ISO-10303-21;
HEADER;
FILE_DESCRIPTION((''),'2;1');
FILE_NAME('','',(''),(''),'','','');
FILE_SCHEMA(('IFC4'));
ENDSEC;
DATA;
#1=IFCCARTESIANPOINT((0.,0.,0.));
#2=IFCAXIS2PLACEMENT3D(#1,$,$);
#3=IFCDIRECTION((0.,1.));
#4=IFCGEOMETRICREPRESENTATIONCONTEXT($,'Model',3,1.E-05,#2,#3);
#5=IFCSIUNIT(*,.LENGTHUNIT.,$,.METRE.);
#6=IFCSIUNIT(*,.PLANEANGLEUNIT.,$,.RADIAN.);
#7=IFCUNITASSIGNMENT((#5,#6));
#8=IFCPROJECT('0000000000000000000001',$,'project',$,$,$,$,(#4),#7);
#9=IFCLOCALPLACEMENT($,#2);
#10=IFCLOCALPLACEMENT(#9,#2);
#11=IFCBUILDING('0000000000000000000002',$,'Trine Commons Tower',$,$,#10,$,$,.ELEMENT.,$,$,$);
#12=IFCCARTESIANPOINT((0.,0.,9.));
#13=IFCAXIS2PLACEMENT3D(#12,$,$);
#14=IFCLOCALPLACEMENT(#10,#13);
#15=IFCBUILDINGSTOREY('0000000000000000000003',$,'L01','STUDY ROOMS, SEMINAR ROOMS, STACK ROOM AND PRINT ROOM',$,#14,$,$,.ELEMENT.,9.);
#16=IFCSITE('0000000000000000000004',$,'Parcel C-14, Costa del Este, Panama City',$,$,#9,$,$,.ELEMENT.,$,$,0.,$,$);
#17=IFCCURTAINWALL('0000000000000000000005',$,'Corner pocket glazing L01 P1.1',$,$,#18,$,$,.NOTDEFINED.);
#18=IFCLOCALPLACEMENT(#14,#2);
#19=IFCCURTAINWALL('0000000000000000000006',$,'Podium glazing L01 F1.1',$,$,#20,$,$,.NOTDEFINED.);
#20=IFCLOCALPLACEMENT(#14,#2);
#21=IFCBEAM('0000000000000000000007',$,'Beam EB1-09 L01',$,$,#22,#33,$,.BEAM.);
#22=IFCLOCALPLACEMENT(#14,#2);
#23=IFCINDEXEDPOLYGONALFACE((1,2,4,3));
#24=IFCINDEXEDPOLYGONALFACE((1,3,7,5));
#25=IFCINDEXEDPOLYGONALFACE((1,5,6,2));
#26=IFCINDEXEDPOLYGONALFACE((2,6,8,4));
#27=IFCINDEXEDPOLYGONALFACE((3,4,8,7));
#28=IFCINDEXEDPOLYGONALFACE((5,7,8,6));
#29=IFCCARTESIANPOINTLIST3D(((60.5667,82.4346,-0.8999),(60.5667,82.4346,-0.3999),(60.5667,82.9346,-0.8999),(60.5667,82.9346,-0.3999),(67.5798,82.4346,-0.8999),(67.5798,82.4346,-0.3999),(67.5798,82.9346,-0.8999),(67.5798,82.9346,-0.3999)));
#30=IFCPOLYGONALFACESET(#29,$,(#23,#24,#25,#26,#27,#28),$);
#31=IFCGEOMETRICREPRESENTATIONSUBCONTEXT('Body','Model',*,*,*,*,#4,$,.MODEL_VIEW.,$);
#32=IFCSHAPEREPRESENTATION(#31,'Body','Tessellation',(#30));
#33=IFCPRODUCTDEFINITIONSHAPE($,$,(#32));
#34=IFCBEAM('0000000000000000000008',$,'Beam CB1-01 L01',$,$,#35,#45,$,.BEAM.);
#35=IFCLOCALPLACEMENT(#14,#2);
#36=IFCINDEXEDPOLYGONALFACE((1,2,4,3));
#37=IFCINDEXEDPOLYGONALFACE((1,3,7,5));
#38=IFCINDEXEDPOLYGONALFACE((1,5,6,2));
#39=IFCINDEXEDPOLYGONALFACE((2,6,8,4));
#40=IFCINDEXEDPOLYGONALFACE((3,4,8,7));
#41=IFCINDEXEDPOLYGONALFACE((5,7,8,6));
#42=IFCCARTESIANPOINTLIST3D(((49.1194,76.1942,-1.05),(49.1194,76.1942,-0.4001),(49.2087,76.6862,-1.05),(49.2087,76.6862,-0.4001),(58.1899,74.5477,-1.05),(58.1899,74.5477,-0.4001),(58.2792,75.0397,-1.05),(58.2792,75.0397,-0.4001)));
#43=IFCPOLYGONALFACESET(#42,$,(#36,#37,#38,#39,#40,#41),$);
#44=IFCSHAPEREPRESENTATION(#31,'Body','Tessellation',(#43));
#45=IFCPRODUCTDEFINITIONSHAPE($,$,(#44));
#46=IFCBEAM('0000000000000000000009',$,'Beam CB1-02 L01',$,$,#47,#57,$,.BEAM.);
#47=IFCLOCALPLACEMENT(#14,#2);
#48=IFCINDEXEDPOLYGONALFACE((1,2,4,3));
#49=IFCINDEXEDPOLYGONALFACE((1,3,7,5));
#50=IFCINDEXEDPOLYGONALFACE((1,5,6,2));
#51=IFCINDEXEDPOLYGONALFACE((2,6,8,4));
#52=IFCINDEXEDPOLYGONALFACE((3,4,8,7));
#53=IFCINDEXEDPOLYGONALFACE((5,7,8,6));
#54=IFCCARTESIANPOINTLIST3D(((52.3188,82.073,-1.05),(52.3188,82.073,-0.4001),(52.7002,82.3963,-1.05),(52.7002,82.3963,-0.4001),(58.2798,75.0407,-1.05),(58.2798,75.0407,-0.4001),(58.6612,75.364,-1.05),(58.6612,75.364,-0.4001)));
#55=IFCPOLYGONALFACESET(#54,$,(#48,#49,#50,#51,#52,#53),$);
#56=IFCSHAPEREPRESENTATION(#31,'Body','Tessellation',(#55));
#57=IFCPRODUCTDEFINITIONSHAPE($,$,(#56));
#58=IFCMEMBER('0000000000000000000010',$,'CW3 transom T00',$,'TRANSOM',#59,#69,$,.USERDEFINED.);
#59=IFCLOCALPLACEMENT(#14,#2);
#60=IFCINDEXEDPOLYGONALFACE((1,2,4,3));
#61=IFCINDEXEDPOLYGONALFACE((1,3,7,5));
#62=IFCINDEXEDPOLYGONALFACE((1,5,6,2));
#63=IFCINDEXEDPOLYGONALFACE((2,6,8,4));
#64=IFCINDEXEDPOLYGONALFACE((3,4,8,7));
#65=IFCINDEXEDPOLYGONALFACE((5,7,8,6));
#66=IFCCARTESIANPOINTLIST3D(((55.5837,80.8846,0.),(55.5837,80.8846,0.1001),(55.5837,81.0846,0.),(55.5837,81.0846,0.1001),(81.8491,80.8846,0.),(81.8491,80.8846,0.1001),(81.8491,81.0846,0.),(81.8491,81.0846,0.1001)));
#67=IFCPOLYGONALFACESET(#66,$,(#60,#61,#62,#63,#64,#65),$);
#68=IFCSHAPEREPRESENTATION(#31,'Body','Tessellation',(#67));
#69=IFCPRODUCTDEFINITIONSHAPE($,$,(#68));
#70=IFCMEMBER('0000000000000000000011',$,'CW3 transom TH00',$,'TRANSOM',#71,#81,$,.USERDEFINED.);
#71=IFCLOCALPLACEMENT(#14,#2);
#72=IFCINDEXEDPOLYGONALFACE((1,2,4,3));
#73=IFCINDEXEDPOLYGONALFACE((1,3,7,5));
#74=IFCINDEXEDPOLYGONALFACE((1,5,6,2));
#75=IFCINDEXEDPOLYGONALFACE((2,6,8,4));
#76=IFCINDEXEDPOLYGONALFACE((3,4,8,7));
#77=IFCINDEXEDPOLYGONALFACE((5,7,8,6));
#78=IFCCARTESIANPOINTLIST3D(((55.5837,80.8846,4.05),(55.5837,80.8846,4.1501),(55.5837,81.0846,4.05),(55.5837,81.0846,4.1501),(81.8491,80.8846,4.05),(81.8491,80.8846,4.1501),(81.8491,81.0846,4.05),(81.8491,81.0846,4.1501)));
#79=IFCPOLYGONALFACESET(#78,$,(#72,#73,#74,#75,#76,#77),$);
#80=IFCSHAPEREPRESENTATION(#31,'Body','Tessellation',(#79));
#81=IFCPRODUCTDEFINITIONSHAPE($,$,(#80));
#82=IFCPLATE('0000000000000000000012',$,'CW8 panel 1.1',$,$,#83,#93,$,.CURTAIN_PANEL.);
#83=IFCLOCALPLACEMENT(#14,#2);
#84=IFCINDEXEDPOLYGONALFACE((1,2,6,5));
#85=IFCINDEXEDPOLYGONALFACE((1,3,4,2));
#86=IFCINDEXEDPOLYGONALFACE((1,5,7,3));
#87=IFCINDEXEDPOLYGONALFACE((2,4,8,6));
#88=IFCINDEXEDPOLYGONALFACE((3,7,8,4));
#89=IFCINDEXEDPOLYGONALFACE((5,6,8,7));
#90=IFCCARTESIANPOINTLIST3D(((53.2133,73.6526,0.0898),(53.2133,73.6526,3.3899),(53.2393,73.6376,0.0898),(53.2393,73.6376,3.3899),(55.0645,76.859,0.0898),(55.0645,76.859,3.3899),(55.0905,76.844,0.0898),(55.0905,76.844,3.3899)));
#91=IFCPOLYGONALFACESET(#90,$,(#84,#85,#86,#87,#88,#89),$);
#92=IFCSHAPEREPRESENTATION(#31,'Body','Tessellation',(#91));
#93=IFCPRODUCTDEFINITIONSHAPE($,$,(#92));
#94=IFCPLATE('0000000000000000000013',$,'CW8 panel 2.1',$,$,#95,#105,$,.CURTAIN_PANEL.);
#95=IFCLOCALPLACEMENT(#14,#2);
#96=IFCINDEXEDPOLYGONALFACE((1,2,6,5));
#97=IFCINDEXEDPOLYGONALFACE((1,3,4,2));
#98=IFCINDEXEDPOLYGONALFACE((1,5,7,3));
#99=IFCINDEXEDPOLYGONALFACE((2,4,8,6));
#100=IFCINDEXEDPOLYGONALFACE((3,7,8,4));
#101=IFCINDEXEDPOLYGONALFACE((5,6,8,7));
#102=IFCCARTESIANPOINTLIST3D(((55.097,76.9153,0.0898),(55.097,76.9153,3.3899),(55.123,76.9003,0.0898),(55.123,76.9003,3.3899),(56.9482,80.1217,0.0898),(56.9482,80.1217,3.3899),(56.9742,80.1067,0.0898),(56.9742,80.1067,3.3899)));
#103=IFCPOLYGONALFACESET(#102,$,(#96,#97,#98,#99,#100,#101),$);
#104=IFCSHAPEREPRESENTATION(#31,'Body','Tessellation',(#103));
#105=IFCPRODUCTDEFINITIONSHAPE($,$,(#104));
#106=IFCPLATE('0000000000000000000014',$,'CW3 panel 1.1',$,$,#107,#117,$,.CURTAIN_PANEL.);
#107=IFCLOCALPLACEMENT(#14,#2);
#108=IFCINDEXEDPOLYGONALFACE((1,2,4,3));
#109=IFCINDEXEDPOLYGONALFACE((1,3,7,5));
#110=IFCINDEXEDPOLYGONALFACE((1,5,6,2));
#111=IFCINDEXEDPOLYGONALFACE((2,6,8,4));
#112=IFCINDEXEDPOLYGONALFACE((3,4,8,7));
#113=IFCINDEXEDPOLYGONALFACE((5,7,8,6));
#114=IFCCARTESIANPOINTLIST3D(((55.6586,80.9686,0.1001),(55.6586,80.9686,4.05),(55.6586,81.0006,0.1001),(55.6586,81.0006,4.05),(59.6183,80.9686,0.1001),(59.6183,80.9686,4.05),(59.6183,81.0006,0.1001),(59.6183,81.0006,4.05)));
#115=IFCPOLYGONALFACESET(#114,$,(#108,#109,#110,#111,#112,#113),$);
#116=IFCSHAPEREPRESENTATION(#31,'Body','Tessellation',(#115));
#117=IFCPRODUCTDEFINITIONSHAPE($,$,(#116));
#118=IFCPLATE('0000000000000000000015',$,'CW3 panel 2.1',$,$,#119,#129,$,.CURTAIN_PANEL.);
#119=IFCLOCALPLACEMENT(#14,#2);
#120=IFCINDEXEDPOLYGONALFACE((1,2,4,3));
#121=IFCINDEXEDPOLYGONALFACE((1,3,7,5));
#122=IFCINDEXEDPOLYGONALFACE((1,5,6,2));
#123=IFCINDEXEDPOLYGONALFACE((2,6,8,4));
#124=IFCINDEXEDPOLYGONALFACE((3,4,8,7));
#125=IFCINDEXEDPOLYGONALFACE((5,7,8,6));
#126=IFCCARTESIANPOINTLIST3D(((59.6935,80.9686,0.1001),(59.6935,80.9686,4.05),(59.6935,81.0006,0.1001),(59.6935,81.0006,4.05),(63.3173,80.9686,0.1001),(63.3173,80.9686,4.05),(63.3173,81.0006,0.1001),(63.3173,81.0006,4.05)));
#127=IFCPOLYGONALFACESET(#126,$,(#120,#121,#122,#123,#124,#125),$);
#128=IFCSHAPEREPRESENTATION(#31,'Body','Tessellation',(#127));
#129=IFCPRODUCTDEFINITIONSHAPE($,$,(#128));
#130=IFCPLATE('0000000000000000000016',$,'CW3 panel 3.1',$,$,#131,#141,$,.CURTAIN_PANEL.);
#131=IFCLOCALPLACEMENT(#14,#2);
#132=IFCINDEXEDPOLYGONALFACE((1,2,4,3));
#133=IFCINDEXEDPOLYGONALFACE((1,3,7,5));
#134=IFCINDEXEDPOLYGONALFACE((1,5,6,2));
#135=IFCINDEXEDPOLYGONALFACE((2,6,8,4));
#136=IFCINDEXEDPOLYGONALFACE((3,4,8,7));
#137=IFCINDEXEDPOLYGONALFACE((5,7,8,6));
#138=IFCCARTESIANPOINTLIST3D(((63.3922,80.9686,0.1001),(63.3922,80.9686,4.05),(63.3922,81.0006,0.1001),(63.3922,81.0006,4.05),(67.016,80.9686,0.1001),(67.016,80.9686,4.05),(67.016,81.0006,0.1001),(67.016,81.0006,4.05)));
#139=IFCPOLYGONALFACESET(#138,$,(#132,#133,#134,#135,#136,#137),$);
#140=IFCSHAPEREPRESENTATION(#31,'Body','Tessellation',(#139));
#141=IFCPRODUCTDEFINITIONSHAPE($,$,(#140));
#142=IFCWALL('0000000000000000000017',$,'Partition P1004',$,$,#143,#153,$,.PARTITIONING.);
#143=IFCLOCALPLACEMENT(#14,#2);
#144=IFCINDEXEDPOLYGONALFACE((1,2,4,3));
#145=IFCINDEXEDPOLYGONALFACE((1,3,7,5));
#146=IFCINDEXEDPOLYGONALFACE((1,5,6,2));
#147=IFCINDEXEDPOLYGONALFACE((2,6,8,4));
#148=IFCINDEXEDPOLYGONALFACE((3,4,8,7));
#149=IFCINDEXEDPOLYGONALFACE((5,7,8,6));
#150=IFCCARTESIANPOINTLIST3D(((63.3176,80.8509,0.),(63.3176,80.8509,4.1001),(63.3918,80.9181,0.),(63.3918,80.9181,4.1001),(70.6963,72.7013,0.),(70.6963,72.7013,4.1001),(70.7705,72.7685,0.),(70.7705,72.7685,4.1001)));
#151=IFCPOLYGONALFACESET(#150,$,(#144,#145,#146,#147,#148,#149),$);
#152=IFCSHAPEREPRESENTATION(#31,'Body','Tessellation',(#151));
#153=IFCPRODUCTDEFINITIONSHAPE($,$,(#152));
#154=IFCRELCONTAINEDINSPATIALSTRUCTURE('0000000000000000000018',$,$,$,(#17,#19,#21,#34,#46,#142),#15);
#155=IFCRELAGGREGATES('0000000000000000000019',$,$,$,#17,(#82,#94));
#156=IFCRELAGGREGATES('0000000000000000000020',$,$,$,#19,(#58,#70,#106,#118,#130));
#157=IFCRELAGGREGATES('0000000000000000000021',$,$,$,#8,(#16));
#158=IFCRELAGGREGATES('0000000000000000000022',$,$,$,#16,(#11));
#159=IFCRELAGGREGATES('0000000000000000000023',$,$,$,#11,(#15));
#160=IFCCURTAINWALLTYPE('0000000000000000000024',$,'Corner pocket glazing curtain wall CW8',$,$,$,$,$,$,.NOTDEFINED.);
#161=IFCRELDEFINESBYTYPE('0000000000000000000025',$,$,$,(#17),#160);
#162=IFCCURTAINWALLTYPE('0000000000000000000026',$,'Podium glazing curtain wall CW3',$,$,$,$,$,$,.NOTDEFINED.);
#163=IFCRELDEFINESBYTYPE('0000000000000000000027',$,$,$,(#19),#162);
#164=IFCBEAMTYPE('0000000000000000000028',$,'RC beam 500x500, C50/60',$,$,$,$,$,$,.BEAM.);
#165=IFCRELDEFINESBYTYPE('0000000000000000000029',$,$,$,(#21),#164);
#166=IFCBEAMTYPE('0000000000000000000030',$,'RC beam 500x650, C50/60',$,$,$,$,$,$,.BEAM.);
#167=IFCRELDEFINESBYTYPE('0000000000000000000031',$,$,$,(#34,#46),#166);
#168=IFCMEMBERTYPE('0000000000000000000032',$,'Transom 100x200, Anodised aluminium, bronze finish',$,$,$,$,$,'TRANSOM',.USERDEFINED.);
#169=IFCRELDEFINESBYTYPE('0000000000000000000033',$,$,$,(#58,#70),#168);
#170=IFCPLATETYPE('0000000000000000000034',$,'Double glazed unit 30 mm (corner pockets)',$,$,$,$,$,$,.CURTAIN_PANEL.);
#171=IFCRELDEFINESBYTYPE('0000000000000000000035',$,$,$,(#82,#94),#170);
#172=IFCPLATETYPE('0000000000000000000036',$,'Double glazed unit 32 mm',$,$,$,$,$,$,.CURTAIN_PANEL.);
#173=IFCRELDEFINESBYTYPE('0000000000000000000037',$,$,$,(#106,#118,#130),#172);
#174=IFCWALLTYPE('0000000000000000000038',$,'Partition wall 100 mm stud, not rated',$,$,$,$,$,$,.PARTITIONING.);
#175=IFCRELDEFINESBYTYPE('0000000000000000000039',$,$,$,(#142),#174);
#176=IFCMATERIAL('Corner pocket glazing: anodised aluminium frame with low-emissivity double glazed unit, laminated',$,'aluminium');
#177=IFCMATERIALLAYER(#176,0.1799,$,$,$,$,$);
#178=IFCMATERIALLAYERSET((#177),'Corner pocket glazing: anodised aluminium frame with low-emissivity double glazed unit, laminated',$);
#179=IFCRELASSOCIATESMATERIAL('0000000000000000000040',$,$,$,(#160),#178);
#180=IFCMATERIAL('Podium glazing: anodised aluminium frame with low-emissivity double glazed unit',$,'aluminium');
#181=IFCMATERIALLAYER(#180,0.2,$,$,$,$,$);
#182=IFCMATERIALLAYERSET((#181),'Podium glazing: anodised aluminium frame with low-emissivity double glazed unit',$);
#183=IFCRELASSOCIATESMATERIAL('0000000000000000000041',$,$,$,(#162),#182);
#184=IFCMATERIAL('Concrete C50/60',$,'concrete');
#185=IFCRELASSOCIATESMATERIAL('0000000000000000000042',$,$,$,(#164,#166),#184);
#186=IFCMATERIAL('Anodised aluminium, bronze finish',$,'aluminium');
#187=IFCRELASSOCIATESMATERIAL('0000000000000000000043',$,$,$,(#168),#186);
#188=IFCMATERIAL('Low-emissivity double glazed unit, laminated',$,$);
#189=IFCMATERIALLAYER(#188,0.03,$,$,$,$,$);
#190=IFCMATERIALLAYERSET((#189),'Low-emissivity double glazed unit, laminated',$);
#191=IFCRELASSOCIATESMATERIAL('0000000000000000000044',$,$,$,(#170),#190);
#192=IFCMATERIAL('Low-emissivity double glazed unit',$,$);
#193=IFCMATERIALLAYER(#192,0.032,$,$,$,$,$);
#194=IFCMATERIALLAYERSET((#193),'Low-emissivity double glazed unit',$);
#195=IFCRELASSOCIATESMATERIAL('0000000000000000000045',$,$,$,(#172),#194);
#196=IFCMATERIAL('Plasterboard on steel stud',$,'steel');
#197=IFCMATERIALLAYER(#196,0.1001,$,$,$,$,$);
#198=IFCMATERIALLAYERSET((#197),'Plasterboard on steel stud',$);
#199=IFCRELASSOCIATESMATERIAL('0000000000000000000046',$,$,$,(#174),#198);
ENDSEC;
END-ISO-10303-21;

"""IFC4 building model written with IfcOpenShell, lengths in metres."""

from ifc_helpers import new_model, si_unit, direction, frame, frame_2d, origin, origin_2d, place, context, subcontext, project, spatial, rectangle, extrude, material, layer, layer_set, material_profile, profile_set, type_object, element, aggregate, save


model = new_model("IFC4")

# Units and contexts
model_context = context("Model", 3, precision=1e-05, world=origin(), true_north=direction((0.0, 1.0)))
body_context = subcontext(model_context, "Body", "Model", "MODEL_VIEW")
ifc_project = project(units=[si_unit("LENGTHUNIT", "METRE"), si_unit("PLANEANGLEUNIT", "RADIAN")], contexts=[model_context])

# Site, building, storey
site_placement = place(None, origin())
site = spatial("IfcSite", under=ifc_project, at=site_placement, Name="Parcel C-14, Costa del Este, Panama City", CompositionType="ELEMENT", RefElevation=0.0)
building_placement = place(site_placement, origin())
building = spatial("IfcBuilding", under=site, at=building_placement, Name="Trine Commons Tower", CompositionType="ELEMENT")
storey_placement = place(building_placement, frame((0.0, 0.0, 9.0)))
storey = spatial("IfcBuildingStorey", under=building, at=storey_placement, Name="L01", Description="STUDY ROOMS, SEMINAR ROOMS, STACK ROOM AND PRINT ROOM", CompositionType="ELEMENT", Elevation=9.0)

# Curtain walls
ifc_material_1 = material(Name="Corner pocket glazing: anodised aluminium frame with low-emissivity double glazed unit, laminated", Category="aluminium")
ifc_layer_1 = layer(ifc_material_1, 0.1799)
ifc_layer_set_1 = layer_set([ifc_layer_1], Name="Corner pocket glazing: anodised aluminium frame with low-emissivity double glazed unit, laminated")
curtain_wall_type_1 = type_object("IfcCurtainWallType", Name="Corner pocket glazing curtain wall CW8", PredefinedType="NOTDEFINED", material=ifc_layer_set_1)
curtain_wall_1_placement = place(storey_placement, origin())
curtain_wall_1 = element("IfcCurtainWall", 1, at=curtain_wall_1_placement, inside=storey, type_object=curtain_wall_type_1, Name="Corner pocket glazing L01 P1.1", PredefinedType="NOTDEFINED")
ifc_material_2 = material(Name="Anodised aluminium, bronze finish", Category="aluminium")
ifc_material_3 = material(Name="Podium glazing: anodised aluminium frame with low-emissivity double glazed unit", Category="aluminium")
ifc_layer_2 = layer(ifc_material_3, 0.2)
ifc_layer_set_2 = layer_set([ifc_layer_2], Name="Podium glazing: anodised aluminium frame with low-emissivity double glazed unit")
curtain_wall_type_2 = type_object("IfcCurtainWallType", Name="Podium glazing curtain wall CW3", PredefinedType="NOTDEFINED", material=ifc_layer_set_2)
curtain_wall_2_placement = place(storey_placement, origin())
curtain_wall_2 = element("IfcCurtainWall", 2, at=curtain_wall_2_placement, inside=storey, type_object=curtain_wall_type_2, Name="Podium glazing L01 F1.1", PredefinedType="NOTDEFINED")

# Beams
ifc_material_4 = material(Name="Concrete C50/60", Category="concrete")
ifc_material_profile_1 = material_profile(ifc_material_4, rectangle(XDim=0.5, YDim=0.5, at=origin_2d()), Name="RC 500x500")
ifc_profile_set_1 = profile_set([ifc_material_profile_1], Name="Concrete C50/60")
beam_type_1 = type_object("IfcBeamType", Name="RC beam 500x500, C50/60", PredefinedType="BEAM", material=ifc_profile_set_1)
beam_1_placement = place(storey_placement, frame((60.5667, 82.6846, -0.6499), z_axis=(1.0, 0.0, 0.0), x_axis=(0.0, 1.0, 0.0)))
element("IfcBeam", 3, at=beam_1_placement, inside=storey, type_object=beam_type_1, Name="Beam EB1-09 L01", PredefinedType="BEAM", context=body_context, shape_type="SweptSolid", body=[
    extrude(rectangle(XDim=0.5, YDim=0.5, at=origin_2d()), origin(), (0.0, 0.0, 1.0), 7.0132),
])
ifc_material_profile_2 = material_profile(ifc_material_4, rectangle(XDim=0.5, YDim=0.6499, at=origin_2d()), Name="RC 500x650")
ifc_profile_set_2 = profile_set([ifc_material_profile_2], Name="Concrete C50/60")
beam_type_2 = type_object("IfcBeamType", Name="RC beam 500x650, C50/60", PredefinedType="BEAM", material=ifc_profile_set_2)
for number, where, z_axis, x_axis, name in (
    (4, (49.1641, 76.4402, -0.7251), (0.983922, -0.178601, 0.0), (0.178601, 0.983922, 0.0), "Beam CB1-01 L01"),
    (5, (52.5095, 82.2346, -0.7251), (0.646612, -0.762819, 0.0), (0.762819, 0.646612, 0.0), "Beam CB1-02 L01"),
):
    element("IfcBeam", number, at=place(storey_placement, frame(where, z_axis=z_axis, x_axis=x_axis)), inside=storey, type_object=beam_type_2, Name=name, PredefinedType="BEAM", context=body_context, shape_type="SweptSolid", body=[
        extrude(rectangle(XDim=0.5, YDim=0.6499, at=origin_2d()), origin(), (0.0, 0.0, 1.0), 9.2188),
    ])

# Members
ifc_material_profile_3 = material_profile(ifc_material_2, rectangle(XDim=0.2, YDim=0.1001, at=origin_2d()), Name="Transom 100x200")
ifc_profile_set_3 = profile_set([ifc_material_profile_3], Name="Anodised aluminium, bronze finish")
member_type_1 = type_object("IfcMemberType", Name="Transom 100x200, Anodised aluminium, bronze finish", ElementType="TRANSOM", PredefinedType="USERDEFINED", material=ifc_profile_set_3)
member_1_placement = place(storey_placement, frame((55.5837, 80.9846, 0.05), z_axis=(1.0, 0.0, 0.0), x_axis=(0.0, 1.0, 0.0)))
member_1 = element("IfcMember", 6, at=member_1_placement, type_object=member_type_1, Name="CW3 transom T00", ObjectType="TRANSOM", PredefinedType="USERDEFINED", context=body_context, shape_type="SweptSolid", body=[
    extrude(rectangle(XDim=0.2, YDim=0.1001, at=origin_2d()), origin(), (0.0, 0.0, 1.0), 26.2654),
])
member_2_placement = place(storey_placement, frame((55.5837, 80.9846, 4.1001), z_axis=(1.0, 0.0, 0.0), x_axis=(0.0, 1.0, 0.0)))
member_2 = element("IfcMember", 7, at=member_2_placement, type_object=member_type_1, Name="CW3 transom TH00", ObjectType="TRANSOM", PredefinedType="USERDEFINED", context=body_context, shape_type="SweptSolid", body=[
    extrude(rectangle(XDim=0.2, YDim=0.1001, at=origin_2d()), origin(), (0.0, 0.0, 1.0), 26.2654),
])

# Plates
ifc_material_5 = material(Name="Low-emissivity double glazed unit, laminated")
ifc_layer_3 = layer(ifc_material_5, 0.03)
ifc_layer_set_3 = layer_set([ifc_layer_3], Name="Low-emissivity double glazed unit, laminated")
plate_type_1 = type_object("IfcPlateType", Name="Double glazed unit 30 mm (corner pockets)", PredefinedType="CURTAIN_PANEL", material=ifc_layer_set_3)
plate_1_placement = place(storey_placement, frame((54.1519, 75.2483, 0.0898), z_axis=(0.0, 0.0, 1.0), x_axis=(0.5, 0.866025, 0.0)))
plate_1 = element("IfcPlate", 8, at=plate_1_placement, type_object=plate_type_1, Name="CW8 panel 1.1", PredefinedType="CURTAIN_PANEL", context=body_context, shape_type="SweptSolid", body=[
    extrude(rectangle(XDim=3.7024, YDim=0.03, at=origin_2d()), origin(), (0.0, 0.0, 1.0), 3.3),
])
plate_2_placement = place(storey_placement, frame((56.0356, 78.511, 0.0898), z_axis=(0.0, 0.0, 1.0), x_axis=(0.5, 0.866025, 0.0)))
plate_2 = element("IfcPlate", 9, at=plate_2_placement, type_object=plate_type_1, Name="CW8 panel 2.1", PredefinedType="CURTAIN_PANEL", context=body_context, shape_type="SweptSolid", body=[
    extrude(rectangle(XDim=3.7024, YDim=0.03, at=origin_2d()), origin(), (0.0, 0.0, 1.0), 3.3),
])
aggregate(curtain_wall_1, [plate_1, plate_2])
ifc_material_6 = material(Name="Low-emissivity double glazed unit")
ifc_layer_4 = layer(ifc_material_6, 0.032)
ifc_layer_set_4 = layer_set([ifc_layer_4], Name="Low-emissivity double glazed unit")
plate_type_2 = type_object("IfcPlateType", Name="Double glazed unit 32 mm", PredefinedType="CURTAIN_PANEL", material=ifc_layer_set_4)
plate_3_placement = place(storey_placement, frame((57.6384, 80.9846, 0.1001), z_axis=(0.0, 0.0, 1.0), x_axis=(1.0, 0.0, 0.0)))
plate_3 = element("IfcPlate", 10, at=plate_3_placement, type_object=plate_type_2, Name="CW3 panel 1.1", PredefinedType="CURTAIN_PANEL", context=body_context, shape_type="SweptSolid", body=[
    extrude(rectangle(XDim=3.9597, YDim=0.032, at=origin_2d()), origin(), (0.0, 0.0, 1.0), 3.95),
])
plate_4_placement = place(storey_placement, frame((61.5054, 80.9846, 0.1001), z_axis=(0.0, 0.0, 1.0), x_axis=(1.0, 0.0, 0.0)))
plate_4 = element("IfcPlate", 11, at=plate_4_placement, type_object=plate_type_2, Name="CW3 panel 2.1", PredefinedType="CURTAIN_PANEL", context=body_context, shape_type="SweptSolid", body=[
    extrude(rectangle(XDim=3.6238, YDim=0.032, at=origin_2d()), origin(), (0.0, 0.0, 1.0), 3.95),
])
plate_5_placement = place(storey_placement, frame((65.2041, 80.9846, 0.1001), z_axis=(0.0, 0.0, 1.0), x_axis=(1.0, 0.0, 0.0)))
plate_5 = element("IfcPlate", 12, at=plate_5_placement, type_object=plate_type_2, Name="CW3 panel 3.1", PredefinedType="CURTAIN_PANEL", context=body_context, shape_type="SweptSolid", body=[
    extrude(rectangle(XDim=3.6238, YDim=0.032, at=origin_2d()), origin(), (0.0, 0.0, 1.0), 3.95),
])
aggregate(curtain_wall_2, [member_1, member_2, plate_3, plate_4, plate_5])

# Wall
ifc_material_7 = material(Name="Plasterboard on steel stud", Category="steel")
ifc_layer_5 = layer(ifc_material_7, 0.1001)
ifc_layer_set_5 = layer_set([ifc_layer_5], Name="Plasterboard on steel stud")
wall_type_1 = type_object("IfcWallType", Name="Partition wall 100 mm stud, not rated", PredefinedType="PARTITIONING", material=ifc_layer_set_5)
wall_1_placement = place(storey_placement, frame((63.3547, 80.8845, 0.0), z_axis=(0.0, 0.0, 1.0), x_axis=(0.671171, -0.741302, 0.0)))
element("IfcWall", 13, at=wall_1_placement, inside=storey, type_object=wall_type_1, Name="Partition P1004", PredefinedType="PARTITIONING", context=body_context, shape_type="SweptSolid", body=[
    extrude(rectangle(XDim=10.9937, YDim=0.1001, at=frame_2d((5.4968, 0.0))), origin(), (0.0, 0.0, 1.0), 4.1001),
])

save(model, "model.ifc")
